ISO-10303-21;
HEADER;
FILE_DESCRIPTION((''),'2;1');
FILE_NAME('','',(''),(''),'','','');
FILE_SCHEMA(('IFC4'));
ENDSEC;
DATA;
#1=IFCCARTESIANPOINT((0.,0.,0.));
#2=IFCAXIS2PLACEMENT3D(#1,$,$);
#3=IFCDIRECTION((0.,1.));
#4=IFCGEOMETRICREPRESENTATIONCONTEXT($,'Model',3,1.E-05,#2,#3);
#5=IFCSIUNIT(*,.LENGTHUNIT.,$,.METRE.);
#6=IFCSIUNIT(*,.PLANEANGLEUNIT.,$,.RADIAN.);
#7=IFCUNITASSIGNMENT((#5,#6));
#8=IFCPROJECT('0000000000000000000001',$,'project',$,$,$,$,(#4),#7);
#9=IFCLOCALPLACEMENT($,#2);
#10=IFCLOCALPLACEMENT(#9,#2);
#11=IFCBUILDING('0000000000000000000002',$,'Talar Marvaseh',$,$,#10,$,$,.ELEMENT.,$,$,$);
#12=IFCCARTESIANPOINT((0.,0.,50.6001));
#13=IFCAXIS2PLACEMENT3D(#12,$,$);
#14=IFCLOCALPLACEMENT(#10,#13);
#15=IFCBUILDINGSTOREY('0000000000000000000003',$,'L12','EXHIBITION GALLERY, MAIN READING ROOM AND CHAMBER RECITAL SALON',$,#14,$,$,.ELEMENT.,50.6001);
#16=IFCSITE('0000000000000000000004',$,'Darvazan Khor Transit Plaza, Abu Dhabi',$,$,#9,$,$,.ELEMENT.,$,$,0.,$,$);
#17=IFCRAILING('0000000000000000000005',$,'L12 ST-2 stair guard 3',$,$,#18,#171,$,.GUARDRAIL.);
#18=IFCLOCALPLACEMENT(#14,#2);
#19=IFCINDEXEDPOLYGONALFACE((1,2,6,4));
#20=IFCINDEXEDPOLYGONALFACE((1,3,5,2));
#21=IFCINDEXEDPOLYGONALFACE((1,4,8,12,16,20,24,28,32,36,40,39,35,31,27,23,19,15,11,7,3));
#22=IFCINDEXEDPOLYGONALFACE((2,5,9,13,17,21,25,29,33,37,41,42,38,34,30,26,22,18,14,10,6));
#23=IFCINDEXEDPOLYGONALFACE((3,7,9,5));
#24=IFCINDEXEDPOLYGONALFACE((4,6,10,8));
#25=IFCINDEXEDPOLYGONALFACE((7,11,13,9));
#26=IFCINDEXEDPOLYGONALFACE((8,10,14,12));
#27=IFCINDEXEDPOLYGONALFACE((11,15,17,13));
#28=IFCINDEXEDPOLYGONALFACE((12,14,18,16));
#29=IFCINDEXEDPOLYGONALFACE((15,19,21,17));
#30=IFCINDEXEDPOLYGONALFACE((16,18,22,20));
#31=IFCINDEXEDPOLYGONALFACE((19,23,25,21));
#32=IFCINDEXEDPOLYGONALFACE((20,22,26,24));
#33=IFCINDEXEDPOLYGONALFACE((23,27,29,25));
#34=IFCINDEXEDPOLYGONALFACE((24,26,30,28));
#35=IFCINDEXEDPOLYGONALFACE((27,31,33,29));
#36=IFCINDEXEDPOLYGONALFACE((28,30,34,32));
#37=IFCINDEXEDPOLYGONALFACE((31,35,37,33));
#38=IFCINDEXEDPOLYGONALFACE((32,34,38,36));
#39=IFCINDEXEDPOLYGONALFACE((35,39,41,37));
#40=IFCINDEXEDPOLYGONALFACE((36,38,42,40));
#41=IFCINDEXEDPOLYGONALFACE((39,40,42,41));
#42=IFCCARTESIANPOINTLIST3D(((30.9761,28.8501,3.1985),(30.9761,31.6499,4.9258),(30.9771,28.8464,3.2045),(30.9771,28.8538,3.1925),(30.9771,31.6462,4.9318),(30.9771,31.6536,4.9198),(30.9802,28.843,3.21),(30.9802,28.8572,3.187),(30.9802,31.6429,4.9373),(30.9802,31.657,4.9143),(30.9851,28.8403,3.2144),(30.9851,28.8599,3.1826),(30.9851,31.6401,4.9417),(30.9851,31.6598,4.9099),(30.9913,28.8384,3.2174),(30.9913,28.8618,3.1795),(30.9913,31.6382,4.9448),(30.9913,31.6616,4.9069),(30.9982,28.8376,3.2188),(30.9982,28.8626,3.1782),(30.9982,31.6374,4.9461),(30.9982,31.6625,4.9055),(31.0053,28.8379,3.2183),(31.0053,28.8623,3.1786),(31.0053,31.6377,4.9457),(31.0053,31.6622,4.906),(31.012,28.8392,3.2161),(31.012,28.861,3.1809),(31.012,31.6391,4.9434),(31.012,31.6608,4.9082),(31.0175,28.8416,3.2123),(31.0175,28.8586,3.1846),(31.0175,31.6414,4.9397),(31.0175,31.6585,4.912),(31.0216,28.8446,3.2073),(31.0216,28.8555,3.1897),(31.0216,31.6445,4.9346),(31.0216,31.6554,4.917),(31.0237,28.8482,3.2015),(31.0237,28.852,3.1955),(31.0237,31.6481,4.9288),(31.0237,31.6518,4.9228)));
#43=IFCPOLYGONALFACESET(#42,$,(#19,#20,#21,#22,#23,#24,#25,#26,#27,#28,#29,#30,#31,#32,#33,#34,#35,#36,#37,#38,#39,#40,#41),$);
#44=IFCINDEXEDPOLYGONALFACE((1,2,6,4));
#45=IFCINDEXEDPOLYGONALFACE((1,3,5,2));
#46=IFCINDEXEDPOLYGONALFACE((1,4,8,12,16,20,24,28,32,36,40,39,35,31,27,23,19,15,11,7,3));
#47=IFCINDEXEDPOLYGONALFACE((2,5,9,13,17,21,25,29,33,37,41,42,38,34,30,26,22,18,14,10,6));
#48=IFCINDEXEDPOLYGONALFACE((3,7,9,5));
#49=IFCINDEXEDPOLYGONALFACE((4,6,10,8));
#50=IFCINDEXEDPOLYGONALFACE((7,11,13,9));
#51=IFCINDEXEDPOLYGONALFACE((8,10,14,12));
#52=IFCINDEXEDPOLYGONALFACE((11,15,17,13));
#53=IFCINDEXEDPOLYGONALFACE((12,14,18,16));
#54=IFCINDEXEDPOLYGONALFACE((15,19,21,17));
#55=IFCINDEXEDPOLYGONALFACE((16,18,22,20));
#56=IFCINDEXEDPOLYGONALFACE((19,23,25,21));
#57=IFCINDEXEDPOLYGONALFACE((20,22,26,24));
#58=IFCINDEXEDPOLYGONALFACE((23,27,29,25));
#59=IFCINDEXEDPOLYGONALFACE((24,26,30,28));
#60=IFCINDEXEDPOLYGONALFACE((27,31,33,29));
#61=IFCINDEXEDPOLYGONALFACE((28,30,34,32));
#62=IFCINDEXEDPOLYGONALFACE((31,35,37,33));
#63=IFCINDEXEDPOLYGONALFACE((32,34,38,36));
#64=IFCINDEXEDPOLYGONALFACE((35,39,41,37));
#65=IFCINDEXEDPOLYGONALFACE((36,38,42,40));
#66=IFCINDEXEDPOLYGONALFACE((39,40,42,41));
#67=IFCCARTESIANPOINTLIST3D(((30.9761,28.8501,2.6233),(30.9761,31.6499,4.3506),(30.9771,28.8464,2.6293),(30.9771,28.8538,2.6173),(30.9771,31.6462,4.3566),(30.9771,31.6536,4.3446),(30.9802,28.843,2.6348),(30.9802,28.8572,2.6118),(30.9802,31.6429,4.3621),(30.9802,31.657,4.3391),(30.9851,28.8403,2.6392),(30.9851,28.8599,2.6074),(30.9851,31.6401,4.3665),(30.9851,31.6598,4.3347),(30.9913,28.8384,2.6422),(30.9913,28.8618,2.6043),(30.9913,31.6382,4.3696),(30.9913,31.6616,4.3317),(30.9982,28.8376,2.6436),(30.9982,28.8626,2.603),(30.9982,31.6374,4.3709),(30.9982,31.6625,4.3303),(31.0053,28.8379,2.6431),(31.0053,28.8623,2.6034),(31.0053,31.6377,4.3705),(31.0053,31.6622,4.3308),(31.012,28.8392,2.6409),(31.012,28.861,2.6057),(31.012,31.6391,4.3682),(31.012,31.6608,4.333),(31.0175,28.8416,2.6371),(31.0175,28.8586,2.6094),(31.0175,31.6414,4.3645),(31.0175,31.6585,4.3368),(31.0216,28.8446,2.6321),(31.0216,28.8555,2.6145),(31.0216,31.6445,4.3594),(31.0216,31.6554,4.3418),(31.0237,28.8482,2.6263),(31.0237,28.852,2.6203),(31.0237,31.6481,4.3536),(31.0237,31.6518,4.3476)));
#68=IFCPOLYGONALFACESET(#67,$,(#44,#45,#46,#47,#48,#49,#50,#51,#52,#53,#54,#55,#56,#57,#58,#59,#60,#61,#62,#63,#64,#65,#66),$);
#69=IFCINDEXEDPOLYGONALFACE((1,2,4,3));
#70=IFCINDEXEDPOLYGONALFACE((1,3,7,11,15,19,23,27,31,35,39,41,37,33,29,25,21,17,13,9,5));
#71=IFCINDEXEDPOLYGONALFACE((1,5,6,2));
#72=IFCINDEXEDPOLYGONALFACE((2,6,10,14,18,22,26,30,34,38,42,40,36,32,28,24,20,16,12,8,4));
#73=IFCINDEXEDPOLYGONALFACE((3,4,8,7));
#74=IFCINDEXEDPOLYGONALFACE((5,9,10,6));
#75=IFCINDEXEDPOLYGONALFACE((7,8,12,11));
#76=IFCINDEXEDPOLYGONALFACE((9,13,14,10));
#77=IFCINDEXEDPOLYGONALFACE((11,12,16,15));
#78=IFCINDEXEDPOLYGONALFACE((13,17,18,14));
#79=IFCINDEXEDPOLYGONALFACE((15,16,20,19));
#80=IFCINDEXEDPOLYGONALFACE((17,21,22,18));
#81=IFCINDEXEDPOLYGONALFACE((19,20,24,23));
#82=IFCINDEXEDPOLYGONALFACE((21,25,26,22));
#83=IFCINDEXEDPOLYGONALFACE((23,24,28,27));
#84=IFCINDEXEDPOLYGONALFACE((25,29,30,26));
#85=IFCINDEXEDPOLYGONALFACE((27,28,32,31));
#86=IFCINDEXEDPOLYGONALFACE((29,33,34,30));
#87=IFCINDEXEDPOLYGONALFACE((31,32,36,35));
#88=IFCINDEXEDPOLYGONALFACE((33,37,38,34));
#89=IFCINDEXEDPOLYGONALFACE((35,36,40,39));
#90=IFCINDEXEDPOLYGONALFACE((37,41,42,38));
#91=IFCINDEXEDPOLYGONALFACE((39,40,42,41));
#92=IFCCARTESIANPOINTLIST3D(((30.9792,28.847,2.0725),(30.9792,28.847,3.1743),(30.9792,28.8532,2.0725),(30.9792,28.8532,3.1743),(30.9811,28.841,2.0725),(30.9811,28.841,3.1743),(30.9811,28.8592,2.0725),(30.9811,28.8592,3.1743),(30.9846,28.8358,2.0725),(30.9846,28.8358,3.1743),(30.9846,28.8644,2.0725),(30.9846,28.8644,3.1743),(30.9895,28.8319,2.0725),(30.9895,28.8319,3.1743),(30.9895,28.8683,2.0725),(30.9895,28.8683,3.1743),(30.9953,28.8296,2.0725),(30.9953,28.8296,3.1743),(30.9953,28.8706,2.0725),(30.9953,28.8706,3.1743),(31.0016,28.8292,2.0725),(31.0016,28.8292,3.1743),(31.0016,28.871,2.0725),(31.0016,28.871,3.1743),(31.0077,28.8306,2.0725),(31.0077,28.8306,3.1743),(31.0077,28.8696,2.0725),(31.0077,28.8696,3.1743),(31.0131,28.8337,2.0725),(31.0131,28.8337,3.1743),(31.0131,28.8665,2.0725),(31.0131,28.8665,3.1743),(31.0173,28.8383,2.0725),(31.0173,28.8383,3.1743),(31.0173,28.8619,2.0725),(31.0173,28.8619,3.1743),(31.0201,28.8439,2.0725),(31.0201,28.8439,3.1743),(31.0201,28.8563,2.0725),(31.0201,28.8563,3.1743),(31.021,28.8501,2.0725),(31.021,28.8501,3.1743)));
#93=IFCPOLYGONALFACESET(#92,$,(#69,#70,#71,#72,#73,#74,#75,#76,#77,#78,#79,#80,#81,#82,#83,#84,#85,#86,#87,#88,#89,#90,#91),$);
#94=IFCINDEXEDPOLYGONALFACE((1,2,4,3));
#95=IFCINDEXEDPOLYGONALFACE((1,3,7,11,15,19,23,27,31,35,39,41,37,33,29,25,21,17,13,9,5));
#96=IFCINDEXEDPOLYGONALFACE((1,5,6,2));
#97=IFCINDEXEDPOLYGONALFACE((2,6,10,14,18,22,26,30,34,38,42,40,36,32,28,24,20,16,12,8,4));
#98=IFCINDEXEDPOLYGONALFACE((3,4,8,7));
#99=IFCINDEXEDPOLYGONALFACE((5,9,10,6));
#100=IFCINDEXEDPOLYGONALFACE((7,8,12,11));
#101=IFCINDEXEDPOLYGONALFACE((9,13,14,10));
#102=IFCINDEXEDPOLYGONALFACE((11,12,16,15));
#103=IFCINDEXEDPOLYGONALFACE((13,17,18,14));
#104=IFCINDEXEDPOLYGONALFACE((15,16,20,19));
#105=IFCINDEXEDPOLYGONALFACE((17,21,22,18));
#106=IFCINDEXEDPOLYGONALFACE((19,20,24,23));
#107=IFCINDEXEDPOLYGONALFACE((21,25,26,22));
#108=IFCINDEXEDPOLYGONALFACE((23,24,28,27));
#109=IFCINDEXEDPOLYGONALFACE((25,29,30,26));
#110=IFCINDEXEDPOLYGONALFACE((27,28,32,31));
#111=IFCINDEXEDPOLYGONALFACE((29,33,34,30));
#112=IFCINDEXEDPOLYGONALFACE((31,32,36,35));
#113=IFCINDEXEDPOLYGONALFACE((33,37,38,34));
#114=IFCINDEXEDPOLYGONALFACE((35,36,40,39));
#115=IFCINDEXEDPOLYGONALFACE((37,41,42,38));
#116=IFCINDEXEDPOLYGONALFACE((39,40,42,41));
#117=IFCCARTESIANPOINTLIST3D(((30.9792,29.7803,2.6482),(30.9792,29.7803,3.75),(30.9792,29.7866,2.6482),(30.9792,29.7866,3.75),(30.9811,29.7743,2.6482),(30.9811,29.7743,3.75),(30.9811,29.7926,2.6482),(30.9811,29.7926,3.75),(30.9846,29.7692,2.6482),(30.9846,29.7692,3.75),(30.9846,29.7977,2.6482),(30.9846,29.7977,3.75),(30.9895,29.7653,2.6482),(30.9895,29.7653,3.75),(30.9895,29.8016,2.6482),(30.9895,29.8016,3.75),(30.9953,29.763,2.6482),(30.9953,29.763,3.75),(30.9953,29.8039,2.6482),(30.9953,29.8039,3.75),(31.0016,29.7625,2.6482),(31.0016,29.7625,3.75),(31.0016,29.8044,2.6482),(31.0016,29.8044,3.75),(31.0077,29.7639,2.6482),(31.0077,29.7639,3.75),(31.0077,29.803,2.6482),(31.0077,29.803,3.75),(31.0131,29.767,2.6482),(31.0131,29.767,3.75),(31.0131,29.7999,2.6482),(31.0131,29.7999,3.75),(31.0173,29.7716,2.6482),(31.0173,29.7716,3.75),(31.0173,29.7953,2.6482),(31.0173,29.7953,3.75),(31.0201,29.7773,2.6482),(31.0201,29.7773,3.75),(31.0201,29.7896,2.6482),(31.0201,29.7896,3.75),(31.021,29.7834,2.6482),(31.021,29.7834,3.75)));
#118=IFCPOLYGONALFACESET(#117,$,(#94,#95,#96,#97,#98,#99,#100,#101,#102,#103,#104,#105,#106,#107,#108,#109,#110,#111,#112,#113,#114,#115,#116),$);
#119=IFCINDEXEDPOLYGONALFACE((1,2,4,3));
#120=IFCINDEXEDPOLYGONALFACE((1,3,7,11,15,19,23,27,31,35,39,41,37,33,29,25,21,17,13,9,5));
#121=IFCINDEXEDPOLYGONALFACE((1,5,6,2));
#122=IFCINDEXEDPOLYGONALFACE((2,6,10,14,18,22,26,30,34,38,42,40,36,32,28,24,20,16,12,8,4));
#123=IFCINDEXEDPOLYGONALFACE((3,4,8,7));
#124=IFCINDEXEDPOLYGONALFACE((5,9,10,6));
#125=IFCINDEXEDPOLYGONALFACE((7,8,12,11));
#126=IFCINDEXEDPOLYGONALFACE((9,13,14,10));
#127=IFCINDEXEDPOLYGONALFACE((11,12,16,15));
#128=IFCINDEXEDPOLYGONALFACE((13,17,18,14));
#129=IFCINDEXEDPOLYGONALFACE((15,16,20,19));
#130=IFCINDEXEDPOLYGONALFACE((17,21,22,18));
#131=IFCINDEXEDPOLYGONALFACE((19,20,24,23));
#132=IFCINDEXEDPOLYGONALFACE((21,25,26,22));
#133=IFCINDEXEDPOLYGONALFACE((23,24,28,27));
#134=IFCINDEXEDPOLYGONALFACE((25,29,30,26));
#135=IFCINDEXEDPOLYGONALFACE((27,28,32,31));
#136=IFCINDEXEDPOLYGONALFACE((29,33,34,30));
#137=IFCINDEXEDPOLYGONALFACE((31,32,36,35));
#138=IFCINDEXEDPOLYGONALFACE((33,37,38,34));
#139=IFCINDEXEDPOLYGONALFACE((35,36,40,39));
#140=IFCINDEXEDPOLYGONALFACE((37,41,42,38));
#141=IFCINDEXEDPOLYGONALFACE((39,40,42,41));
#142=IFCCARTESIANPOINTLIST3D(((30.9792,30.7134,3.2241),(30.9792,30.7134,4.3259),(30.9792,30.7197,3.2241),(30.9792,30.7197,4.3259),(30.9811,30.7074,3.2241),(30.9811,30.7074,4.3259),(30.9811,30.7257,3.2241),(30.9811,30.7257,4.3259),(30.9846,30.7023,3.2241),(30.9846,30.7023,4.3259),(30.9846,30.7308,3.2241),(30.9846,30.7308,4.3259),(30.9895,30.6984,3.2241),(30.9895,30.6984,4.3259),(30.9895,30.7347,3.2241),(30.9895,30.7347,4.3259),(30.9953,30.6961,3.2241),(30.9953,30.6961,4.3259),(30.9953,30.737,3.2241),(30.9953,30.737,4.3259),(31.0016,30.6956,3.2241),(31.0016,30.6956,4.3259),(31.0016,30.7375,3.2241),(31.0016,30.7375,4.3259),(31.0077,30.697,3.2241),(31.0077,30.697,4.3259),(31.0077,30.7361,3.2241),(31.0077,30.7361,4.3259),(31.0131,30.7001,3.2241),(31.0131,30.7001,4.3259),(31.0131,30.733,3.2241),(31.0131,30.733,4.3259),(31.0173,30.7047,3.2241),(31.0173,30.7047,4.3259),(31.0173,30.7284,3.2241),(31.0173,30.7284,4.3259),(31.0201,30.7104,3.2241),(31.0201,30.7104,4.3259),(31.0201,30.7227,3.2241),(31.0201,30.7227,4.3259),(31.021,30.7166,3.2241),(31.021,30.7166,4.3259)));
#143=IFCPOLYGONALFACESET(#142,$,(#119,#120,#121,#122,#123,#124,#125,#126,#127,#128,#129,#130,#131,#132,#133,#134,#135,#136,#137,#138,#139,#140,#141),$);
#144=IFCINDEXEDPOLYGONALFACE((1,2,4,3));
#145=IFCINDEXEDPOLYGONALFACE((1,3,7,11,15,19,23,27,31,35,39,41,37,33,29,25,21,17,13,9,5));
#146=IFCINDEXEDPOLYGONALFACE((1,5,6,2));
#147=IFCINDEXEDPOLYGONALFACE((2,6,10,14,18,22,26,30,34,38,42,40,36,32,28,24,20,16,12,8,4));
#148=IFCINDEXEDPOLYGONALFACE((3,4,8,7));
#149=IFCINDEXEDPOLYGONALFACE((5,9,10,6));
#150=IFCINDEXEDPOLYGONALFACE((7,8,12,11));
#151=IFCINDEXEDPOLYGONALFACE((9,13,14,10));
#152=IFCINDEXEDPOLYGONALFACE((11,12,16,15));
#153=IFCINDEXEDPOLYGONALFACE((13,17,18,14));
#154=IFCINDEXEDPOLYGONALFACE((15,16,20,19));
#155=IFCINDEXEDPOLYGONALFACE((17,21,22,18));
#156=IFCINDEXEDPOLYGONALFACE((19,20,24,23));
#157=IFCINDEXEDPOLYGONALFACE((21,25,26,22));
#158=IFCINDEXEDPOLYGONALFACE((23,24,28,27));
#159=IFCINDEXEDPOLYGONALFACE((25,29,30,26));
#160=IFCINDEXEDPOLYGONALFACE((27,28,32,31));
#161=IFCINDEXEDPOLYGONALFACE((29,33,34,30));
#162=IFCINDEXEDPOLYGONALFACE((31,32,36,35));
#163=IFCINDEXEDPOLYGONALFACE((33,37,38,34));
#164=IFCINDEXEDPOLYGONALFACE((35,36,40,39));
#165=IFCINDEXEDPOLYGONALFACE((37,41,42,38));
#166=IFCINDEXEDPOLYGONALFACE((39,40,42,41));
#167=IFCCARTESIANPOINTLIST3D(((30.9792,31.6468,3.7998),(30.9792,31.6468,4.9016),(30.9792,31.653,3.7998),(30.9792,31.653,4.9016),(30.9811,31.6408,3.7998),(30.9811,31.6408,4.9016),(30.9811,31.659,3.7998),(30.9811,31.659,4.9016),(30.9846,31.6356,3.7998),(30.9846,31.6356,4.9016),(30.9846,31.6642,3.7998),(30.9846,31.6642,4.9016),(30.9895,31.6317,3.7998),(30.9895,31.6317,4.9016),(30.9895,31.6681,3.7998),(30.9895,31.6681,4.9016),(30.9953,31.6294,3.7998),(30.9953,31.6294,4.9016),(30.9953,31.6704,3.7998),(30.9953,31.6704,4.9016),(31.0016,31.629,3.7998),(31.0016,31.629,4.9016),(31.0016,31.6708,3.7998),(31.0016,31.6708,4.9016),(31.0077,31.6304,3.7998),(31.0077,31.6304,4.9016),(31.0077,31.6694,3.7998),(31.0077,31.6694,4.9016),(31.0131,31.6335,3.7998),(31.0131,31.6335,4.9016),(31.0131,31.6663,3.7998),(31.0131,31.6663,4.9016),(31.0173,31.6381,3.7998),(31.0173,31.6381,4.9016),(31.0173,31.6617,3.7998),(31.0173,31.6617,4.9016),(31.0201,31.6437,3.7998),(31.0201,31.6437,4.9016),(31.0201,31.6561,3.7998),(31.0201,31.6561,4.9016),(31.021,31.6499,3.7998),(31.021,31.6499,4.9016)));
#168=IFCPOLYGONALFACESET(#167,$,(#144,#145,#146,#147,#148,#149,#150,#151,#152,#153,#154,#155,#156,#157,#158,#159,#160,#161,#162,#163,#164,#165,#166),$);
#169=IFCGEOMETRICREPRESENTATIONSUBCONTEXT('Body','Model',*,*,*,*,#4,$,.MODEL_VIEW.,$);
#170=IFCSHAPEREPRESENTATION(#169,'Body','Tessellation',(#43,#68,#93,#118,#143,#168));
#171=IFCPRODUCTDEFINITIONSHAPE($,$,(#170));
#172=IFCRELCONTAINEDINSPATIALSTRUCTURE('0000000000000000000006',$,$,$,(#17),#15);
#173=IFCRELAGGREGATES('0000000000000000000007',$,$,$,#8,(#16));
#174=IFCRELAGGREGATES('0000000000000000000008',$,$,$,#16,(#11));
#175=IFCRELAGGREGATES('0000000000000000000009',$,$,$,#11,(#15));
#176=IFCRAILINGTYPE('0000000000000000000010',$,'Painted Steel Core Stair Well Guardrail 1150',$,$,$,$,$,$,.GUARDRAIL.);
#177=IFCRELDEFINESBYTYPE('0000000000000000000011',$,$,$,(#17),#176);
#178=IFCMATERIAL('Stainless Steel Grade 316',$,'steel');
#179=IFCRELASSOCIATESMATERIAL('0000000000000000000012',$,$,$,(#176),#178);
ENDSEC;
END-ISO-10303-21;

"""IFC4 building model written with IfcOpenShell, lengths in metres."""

from ifc_helpers import new_model, si_unit, direction, frame, origin, origin_2d, place, context, subcontext, project, spatial, circle, extrude, material, type_object, element, save


model = new_model("IFC4")

# Units and contexts
model_context = context("Model", 3, precision=1e-05, world=origin(), true_north=direction((0.0, 1.0)))
body_context = subcontext(model_context, "Body", "Model", "MODEL_VIEW")
ifc_project = project(units=[si_unit("LENGTHUNIT", "METRE"), si_unit("PLANEANGLEUNIT", "RADIAN")], contexts=[model_context])

# Site, building, storey
site_placement = place(None, origin())
site = spatial("IfcSite", under=ifc_project, at=site_placement, Name="Darvazan Khor Transit Plaza, Abu Dhabi", CompositionType="ELEMENT", RefElevation=0.0)
building_placement = place(site_placement, origin())
building = spatial("IfcBuilding", under=site, at=building_placement, Name="Talar Marvaseh", CompositionType="ELEMENT")
storey_placement = place(building_placement, frame((0.0, 0.0, 50.6001)))
storey = spatial("IfcBuildingStorey", under=building, at=storey_placement, Name="L12", Description="EXHIBITION GALLERY, MAIN READING ROOM AND CHAMBER RECITAL SALON", CompositionType="ELEMENT", Elevation=50.6001)

# Railing
ifc_material_1 = material(Name="Stainless Steel Grade 316", Category="steel")
railing_type_1 = type_object("IfcRailingType", Name="Painted Steel Core Stair Well Guardrail 1150", PredefinedType="GUARDRAIL", material=ifc_material_1)
railing_1_placement = place(storey_placement, frame((31.0, 28.8501, 2.0725)))
element("IfcRailing", 1, at=railing_1_placement, inside=storey, type_object=railing_type_1, Name="L12 ST-2 stair guard 3", PredefinedType="GUARDRAIL", context=body_context, shape_type="SweptSolid", body=[
    extrude(circle(Radius=0.0239, at=origin_2d()), frame((0.0, 0.0, 1.126), z_axis=(0.0, 0.851069, 0.525054), x_axis=(-1.0, 0.0, 0.0)), (0.0, 0.0, 1.0), 3.2898),
    extrude(circle(Radius=0.0239, at=origin_2d()), frame((0.0, 0.0, 0.5508), z_axis=(0.0, 0.851069, 0.525054), x_axis=(-1.0, 0.0, 0.0)), (0.0, 0.0, 1.0), 3.2898),
    extrude(circle(Radius=0.021, at=origin_2d()), origin(), (0.0, 0.0, 1.0), 1.1018),
    extrude(circle(Radius=0.021, at=origin_2d()), frame((0.0, 0.9333, 0.5757)), (0.0, 0.0, 1.0), 1.1018),
    extrude(circle(Radius=0.021, at=origin_2d()), frame((0.0, 1.8665, 1.1516)), (0.0, 0.0, 1.0), 1.1018),
    extrude(circle(Radius=0.021, at=origin_2d()), frame((0.0, 2.7998, 1.7273)), (0.0, 0.0, 1.0), 1.1018),
])

save(model, "model.ifc")
